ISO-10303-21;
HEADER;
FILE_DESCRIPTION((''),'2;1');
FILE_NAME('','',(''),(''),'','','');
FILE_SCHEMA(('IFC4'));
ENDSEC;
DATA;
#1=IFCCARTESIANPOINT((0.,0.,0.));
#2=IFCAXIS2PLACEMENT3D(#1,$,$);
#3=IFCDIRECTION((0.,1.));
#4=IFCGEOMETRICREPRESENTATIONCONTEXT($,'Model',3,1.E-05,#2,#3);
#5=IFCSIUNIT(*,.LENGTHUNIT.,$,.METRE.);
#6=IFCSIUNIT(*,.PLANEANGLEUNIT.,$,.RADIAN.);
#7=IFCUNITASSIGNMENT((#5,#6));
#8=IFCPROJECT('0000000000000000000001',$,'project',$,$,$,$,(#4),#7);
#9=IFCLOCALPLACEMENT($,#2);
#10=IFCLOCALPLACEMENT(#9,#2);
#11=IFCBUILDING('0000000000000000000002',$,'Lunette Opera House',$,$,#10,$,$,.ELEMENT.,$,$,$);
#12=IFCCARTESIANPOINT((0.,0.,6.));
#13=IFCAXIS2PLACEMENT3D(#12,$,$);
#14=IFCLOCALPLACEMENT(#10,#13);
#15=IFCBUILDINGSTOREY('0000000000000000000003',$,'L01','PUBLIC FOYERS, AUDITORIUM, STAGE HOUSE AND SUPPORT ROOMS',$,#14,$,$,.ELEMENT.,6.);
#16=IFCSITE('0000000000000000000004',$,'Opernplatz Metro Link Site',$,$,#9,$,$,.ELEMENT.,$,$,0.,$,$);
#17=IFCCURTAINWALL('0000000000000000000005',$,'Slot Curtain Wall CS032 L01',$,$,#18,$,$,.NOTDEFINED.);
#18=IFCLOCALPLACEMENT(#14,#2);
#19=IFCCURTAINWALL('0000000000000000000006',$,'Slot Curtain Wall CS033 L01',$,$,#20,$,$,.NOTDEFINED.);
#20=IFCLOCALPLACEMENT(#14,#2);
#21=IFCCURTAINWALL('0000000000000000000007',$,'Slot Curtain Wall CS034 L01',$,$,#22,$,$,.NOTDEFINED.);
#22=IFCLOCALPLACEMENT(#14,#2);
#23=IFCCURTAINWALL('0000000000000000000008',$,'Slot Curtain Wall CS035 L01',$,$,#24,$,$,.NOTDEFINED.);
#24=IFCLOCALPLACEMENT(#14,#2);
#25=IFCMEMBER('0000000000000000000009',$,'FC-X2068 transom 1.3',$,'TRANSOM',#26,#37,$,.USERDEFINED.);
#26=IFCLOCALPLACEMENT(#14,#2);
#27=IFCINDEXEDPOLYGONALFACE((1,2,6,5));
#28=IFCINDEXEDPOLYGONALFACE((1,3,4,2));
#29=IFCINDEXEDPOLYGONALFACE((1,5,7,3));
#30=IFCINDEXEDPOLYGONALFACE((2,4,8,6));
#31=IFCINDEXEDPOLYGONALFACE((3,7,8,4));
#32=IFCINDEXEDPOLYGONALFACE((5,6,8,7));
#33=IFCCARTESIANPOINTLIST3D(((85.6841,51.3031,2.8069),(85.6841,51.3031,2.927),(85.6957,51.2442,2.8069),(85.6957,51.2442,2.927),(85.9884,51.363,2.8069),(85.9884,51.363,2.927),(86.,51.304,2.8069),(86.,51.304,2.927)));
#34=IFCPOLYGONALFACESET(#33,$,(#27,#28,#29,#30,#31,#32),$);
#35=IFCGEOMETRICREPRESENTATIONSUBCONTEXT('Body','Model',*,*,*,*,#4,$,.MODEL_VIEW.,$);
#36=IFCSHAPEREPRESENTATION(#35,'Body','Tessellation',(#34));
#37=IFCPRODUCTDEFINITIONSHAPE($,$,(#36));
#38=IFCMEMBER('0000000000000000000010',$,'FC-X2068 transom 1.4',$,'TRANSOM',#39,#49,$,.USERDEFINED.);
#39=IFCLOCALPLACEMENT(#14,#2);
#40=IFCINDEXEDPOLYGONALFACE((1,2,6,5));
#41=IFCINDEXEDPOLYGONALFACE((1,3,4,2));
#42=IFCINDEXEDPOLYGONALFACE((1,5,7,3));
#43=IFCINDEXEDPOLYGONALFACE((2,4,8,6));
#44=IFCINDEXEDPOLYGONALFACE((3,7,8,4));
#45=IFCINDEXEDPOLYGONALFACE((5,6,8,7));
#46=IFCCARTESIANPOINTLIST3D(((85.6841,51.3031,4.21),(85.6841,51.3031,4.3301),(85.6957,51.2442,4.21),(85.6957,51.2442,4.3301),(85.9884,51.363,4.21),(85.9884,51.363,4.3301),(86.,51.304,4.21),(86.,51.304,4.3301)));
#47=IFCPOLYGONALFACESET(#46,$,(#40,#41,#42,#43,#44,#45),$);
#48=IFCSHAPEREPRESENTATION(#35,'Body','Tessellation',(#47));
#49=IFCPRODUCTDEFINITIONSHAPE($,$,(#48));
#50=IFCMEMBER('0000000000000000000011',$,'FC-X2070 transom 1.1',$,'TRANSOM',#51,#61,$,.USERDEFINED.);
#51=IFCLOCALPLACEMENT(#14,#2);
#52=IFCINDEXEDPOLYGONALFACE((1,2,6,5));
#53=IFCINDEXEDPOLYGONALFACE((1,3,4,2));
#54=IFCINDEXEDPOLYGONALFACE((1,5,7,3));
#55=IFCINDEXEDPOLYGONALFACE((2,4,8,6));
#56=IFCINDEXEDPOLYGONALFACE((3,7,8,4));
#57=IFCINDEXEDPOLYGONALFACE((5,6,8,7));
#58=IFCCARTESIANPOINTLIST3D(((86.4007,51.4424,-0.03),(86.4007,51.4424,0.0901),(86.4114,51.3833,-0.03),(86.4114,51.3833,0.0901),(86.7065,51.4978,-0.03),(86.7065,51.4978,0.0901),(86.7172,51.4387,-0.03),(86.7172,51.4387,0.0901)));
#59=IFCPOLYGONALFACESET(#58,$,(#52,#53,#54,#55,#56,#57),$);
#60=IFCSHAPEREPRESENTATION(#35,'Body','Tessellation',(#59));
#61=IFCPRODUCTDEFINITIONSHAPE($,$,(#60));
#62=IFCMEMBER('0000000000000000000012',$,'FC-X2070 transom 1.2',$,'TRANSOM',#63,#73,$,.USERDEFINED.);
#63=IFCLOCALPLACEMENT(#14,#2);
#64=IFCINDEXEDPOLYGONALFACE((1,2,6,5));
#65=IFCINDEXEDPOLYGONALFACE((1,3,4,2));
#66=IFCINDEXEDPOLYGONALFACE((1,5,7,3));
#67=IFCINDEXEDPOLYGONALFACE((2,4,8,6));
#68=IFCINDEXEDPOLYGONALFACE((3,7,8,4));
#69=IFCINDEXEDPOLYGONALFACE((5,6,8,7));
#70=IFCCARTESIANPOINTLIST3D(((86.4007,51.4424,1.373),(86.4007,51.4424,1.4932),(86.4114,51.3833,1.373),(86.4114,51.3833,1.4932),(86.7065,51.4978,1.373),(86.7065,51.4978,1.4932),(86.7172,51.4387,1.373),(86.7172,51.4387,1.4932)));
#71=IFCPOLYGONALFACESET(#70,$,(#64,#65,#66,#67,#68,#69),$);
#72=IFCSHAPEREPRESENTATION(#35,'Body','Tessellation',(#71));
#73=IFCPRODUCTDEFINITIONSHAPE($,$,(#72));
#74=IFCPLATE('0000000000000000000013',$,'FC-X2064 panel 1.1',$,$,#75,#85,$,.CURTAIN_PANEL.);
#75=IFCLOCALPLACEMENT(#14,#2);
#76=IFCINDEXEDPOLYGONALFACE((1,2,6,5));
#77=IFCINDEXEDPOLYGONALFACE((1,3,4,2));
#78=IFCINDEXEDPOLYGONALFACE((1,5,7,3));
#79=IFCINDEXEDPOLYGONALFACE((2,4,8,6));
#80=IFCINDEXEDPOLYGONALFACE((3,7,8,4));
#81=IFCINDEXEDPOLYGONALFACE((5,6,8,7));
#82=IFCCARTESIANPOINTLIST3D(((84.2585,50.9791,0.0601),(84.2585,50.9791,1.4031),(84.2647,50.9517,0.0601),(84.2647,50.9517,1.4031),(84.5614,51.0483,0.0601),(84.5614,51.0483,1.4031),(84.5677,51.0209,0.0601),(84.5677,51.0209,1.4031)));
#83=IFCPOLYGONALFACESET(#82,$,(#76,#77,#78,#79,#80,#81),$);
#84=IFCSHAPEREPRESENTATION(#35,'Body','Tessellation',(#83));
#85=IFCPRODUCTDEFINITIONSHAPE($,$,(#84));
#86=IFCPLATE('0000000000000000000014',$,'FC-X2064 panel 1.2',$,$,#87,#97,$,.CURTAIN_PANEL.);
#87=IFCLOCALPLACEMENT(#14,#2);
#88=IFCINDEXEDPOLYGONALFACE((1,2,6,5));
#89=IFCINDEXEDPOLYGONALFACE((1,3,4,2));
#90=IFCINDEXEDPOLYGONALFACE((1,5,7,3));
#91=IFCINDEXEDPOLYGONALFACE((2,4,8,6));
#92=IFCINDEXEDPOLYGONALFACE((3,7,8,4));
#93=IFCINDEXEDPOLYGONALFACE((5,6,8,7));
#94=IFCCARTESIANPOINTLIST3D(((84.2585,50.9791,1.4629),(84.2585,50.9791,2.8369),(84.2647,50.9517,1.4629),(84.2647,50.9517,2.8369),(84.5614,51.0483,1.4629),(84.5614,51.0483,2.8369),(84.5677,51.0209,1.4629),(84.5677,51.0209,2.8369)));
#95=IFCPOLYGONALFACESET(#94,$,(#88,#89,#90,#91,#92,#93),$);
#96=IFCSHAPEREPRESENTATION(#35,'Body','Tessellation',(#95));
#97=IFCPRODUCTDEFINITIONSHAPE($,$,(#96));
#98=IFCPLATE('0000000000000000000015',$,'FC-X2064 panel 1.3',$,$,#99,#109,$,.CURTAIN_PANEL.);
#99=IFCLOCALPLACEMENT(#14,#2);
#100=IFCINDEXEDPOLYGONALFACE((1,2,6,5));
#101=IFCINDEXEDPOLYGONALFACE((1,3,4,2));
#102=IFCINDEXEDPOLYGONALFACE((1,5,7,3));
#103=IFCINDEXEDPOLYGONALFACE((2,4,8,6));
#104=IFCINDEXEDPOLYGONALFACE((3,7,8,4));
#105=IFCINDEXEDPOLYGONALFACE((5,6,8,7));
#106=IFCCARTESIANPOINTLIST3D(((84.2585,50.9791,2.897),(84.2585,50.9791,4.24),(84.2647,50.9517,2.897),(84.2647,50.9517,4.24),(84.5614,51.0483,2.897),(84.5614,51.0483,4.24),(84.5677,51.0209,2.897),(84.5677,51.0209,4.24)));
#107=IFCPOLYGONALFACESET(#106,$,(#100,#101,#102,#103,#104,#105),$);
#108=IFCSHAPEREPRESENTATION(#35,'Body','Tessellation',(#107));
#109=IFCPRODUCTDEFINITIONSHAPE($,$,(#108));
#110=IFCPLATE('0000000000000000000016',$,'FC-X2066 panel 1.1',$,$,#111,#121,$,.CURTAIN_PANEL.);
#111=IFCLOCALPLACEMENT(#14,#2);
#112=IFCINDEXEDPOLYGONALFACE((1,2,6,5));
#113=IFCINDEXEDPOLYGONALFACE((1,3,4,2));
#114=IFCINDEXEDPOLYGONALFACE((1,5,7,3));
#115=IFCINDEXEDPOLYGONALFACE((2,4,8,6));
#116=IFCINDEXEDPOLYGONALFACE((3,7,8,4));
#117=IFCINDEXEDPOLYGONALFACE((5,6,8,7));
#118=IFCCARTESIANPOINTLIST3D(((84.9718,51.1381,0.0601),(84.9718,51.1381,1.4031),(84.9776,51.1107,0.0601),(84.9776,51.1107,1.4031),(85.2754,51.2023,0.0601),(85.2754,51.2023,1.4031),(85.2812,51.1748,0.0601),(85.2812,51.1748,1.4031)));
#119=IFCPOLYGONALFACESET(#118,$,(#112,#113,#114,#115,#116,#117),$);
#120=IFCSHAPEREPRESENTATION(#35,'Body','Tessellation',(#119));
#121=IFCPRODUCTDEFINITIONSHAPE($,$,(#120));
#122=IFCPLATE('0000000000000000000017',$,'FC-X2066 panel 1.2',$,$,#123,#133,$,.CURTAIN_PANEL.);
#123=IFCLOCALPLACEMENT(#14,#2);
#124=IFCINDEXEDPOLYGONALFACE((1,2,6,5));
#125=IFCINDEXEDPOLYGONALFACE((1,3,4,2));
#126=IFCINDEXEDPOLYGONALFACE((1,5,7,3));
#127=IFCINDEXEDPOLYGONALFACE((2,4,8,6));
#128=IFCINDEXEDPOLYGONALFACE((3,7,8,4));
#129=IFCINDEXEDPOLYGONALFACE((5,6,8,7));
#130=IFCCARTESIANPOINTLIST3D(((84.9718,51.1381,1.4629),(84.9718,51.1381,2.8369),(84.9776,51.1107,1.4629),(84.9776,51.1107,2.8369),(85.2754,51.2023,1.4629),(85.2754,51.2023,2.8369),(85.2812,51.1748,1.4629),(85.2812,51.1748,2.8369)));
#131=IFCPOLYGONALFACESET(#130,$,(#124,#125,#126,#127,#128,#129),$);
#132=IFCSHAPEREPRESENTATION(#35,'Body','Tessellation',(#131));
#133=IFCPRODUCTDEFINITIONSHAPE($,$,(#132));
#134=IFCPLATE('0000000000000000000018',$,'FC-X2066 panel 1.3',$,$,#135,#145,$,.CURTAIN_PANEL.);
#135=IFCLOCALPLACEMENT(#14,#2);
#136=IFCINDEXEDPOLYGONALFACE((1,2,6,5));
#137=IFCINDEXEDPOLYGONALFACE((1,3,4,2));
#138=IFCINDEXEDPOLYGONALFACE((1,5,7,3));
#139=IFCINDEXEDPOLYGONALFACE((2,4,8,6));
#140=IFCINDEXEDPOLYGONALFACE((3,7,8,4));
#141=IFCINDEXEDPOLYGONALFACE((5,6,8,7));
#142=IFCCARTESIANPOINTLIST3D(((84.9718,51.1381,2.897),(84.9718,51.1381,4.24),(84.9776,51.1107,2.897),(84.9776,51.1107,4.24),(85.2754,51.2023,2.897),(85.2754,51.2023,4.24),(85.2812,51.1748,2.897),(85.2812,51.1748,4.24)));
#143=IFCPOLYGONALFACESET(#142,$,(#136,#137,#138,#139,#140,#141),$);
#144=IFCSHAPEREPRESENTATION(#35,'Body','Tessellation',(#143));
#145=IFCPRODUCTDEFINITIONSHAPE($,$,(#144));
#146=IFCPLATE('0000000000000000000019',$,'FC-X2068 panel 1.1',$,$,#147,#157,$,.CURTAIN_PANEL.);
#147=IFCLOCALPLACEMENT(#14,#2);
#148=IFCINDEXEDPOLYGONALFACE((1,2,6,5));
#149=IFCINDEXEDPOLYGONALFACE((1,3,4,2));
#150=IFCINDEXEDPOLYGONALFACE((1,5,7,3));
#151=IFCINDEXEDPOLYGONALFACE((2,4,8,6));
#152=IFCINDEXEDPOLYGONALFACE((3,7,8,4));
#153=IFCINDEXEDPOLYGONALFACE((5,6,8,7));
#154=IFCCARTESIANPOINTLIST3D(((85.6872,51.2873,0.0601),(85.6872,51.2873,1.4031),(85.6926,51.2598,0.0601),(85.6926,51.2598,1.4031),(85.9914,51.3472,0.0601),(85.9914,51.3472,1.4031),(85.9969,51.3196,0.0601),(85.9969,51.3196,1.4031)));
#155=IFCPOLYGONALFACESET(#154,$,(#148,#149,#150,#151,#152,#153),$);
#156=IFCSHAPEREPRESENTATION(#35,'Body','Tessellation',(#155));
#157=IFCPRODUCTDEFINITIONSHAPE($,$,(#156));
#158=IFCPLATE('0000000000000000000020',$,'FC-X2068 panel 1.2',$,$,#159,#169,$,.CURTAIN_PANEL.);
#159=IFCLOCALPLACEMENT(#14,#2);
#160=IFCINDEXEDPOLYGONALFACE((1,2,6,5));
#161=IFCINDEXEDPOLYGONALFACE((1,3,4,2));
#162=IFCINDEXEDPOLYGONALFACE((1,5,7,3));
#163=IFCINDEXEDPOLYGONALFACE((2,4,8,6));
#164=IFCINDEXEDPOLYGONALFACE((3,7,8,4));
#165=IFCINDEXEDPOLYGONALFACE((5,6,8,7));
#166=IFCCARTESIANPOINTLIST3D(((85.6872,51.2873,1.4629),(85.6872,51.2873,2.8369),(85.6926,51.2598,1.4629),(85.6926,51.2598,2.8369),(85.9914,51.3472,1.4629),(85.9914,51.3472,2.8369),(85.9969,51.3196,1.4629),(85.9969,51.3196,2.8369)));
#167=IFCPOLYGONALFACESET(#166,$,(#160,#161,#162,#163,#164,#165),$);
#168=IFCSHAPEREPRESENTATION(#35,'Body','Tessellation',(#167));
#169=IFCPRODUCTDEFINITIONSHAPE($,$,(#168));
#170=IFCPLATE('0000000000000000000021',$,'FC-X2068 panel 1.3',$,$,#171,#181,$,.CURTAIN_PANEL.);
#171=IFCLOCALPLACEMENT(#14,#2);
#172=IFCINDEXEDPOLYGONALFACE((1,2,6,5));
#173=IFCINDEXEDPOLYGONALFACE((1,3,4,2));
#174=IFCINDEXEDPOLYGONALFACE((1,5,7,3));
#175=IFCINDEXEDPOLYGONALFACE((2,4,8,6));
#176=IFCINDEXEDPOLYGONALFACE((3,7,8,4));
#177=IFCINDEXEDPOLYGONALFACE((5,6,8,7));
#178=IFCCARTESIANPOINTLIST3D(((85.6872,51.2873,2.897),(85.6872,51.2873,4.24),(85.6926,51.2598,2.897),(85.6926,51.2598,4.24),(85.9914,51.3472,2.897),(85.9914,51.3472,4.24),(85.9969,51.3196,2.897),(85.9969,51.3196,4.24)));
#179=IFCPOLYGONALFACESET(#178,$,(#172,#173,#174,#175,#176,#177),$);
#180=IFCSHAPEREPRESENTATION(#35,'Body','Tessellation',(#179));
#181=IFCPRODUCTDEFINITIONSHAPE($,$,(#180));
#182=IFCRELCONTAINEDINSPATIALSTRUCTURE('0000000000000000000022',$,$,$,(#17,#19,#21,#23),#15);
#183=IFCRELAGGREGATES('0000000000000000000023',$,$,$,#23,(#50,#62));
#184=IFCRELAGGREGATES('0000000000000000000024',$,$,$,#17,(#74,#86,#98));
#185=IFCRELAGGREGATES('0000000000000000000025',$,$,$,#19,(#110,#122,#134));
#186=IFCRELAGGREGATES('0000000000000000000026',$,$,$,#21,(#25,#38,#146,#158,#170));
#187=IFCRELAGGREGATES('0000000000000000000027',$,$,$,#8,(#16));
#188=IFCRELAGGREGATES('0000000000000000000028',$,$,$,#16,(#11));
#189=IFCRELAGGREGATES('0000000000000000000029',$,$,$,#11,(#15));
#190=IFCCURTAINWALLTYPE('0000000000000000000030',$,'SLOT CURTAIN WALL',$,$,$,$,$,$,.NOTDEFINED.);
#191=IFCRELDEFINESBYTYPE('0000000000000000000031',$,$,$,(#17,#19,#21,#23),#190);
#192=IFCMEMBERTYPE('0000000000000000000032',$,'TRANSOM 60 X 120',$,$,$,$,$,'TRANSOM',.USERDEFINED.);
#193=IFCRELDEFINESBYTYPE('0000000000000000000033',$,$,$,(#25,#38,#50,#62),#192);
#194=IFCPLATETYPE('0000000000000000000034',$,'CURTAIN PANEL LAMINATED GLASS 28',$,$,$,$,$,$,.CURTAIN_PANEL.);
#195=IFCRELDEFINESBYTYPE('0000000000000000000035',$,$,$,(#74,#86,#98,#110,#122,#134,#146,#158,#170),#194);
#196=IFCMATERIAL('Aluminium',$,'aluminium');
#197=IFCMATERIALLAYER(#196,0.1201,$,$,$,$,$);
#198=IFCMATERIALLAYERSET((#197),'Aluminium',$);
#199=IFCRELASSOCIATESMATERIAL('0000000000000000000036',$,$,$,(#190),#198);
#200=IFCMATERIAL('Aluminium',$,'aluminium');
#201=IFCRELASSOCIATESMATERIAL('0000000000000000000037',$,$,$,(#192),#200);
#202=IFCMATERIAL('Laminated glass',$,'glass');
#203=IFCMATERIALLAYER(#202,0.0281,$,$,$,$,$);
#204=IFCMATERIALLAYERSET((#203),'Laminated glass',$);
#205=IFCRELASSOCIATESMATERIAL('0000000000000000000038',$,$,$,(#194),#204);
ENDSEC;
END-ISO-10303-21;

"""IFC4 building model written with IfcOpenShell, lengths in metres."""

from ifc_helpers import new_model, si_unit, direction, frame, origin, origin_2d, place, context, subcontext, project, spatial, rectangle, extrude, material, layer, layer_set, material_profile, profile_set, type_object, element, aggregate, save


model = new_model("IFC4")

# Units and contexts
model_context = context("Model", 3, precision=1e-05, world=origin(), true_north=direction((0.0, 1.0)))
body_context = subcontext(model_context, "Body", "Model", "MODEL_VIEW")
ifc_project = project(units=[si_unit("LENGTHUNIT", "METRE"), si_unit("PLANEANGLEUNIT", "RADIAN")], contexts=[model_context])

# Site, building, storey
site_placement = place(None, origin())
site = spatial("IfcSite", under=ifc_project, at=site_placement, Name="Opernplatz Metro Link Site", CompositionType="ELEMENT", RefElevation=0.0)
building_placement = place(site_placement, origin())
building = spatial("IfcBuilding", under=site, at=building_placement, Name="Lunette Opera House", CompositionType="ELEMENT")
storey_placement = place(building_placement, frame((0.0, 0.0, 6.0)))
storey = spatial("IfcBuildingStorey", under=building, at=storey_placement, Name="L01", Description="PUBLIC FOYERS, AUDITORIUM, STAGE HOUSE AND SUPPORT ROOMS", CompositionType="ELEMENT", Elevation=6.0)

# Curtain wall
ifc_material_1 = material(Name="Aluminium", Category="aluminium")
ifc_layer_1 = layer(ifc_material_1, 0.1201)
ifc_layer_set_1 = layer_set([ifc_layer_1], Name="Aluminium")
curtain_wall_type = type_object("IfcCurtainWallType", Name="SLOT CURTAIN WALL", PredefinedType="NOTDEFINED", material=ifc_layer_set_1)
curtain_wall_1_placement = place(storey_placement, origin())
curtain_wall_1 = element("IfcCurtainWall", 1, at=curtain_wall_1_placement, inside=storey, type_object=curtain_wall_type, Name="Slot Curtain Wall CS032 L01", PredefinedType="NOTDEFINED")

# Curtain walls
curtain_wall_2_placement = place(storey_placement, origin())
curtain_wall_2 = element("IfcCurtainWall", 2, at=curtain_wall_2_placement, inside=storey, type_object=curtain_wall_type, Name="Slot Curtain Wall CS033 L01", PredefinedType="NOTDEFINED")
curtain_wall_3_placement = place(storey_placement, origin())
curtain_wall_3 = element("IfcCurtainWall", 3, at=curtain_wall_3_placement, inside=storey, type_object=curtain_wall_type, Name="Slot Curtain Wall CS034 L01", PredefinedType="NOTDEFINED")

# Curtain wall
curtain_wall_4_placement = place(storey_placement, origin())
curtain_wall_4 = element("IfcCurtainWall", 4, at=curtain_wall_4_placement, inside=storey, type_object=curtain_wall_type, Name="Slot Curtain Wall CS035 L01", PredefinedType="NOTDEFINED")

# Members
ifc_material_2 = material(Name="Aluminium", Category="aluminium")
ifc_material_profile_1 = material_profile(ifc_material_2, rectangle(XDim=0.0601, YDim=0.1201, at=origin_2d()), Name="TRANSOM 60 X 120")
ifc_profile_set_1 = profile_set([ifc_material_profile_1], Name="Aluminium")
member_type_1 = type_object("IfcMemberType", Name="TRANSOM 60 X 120", ElementType="TRANSOM", PredefinedType="USERDEFINED", material=ifc_profile_set_1)
member_1_placement = place(storey_placement, frame((85.6899, 51.2737, 2.8669), z_axis=(0.981212, 0.192935, 0.0), x_axis=(-0.192935, 0.981212, 0.0)))
member_1 = element("IfcMember", 5, at=member_1_placement, type_object=member_type_1, Name="FC-X2068 transom 1.3", ObjectType="TRANSOM", PredefinedType="USERDEFINED", context=body_context, shape_type="SweptSolid", body=[
    extrude(rectangle(XDim=0.0601, YDim=0.1201, at=origin_2d()), origin(), (0.0, 0.0, 1.0), 0.3101),
])
member_2_placement = place(storey_placement, frame((85.6899, 51.2737, 4.27), z_axis=(0.981212, 0.192935, 0.0), x_axis=(-0.192935, 0.981212, 0.0)))
member_2 = element("IfcMember", 6, at=member_2_placement, type_object=member_type_1, Name="FC-X2068 transom 1.4", ObjectType="TRANSOM", PredefinedType="USERDEFINED", context=body_context, shape_type="SweptSolid", body=[
    extrude(rectangle(XDim=0.0601, YDim=0.1201, at=origin_2d()), origin(), (0.0, 0.0, 1.0), 0.3101),
])
member_3_placement = place(storey_placement, frame((86.406, 51.4128, 0.03), z_axis=(0.983983, 0.178263, 0.0), x_axis=(-0.178263, 0.983983, 0.0)))
member_3 = element("IfcMember", 7, at=member_3_placement, type_object=member_type_1, Name="FC-X2070 transom 1.1", ObjectType="TRANSOM", PredefinedType="USERDEFINED", context=body_context, shape_type="SweptSolid", body=[
    extrude(rectangle(XDim=0.0601, YDim=0.1201, at=origin_2d()), origin(), (0.0, 0.0, 1.0), 0.3108),
])
member_4_placement = place(storey_placement, frame((86.406, 51.4128, 1.4331), z_axis=(0.983983, 0.178263, 0.0), x_axis=(-0.178263, 0.983983, 0.0)))
member_4 = element("IfcMember", 8, at=member_4_placement, type_object=member_type_1, Name="FC-X2070 transom 1.2", ObjectType="TRANSOM", PredefinedType="USERDEFINED", context=body_context, shape_type="SweptSolid", body=[
    extrude(rectangle(XDim=0.0601, YDim=0.1201, at=origin_2d()), origin(), (0.0, 0.0, 1.0), 0.3108),
])
aggregate(curtain_wall_4, [member_3, member_4])

# Plates
ifc_material_3 = material(Name="Laminated glass", Category="glass")
ifc_layer_2 = layer(ifc_material_3, 0.0281)
ifc_layer_set_2 = layer_set([ifc_layer_2], Name="Laminated glass")
plate_type = type_object("IfcPlateType", Name="CURTAIN PANEL LAMINATED GLASS 28", PredefinedType="CURTAIN_PANEL", material=ifc_layer_set_2)
plate_1_placement = place(storey_placement, frame((84.4131, 51.0, 0.0601), z_axis=(0.0, 0.0, 1.0), x_axis=(0.974859, 0.222825, 0.0)))
plate_1 = element("IfcPlate", 9, at=plate_1_placement, type_object=plate_type, Name="FC-X2064 panel 1.1", PredefinedType="CURTAIN_PANEL", context=body_context, shape_type="SweptSolid", body=[
    extrude(rectangle(XDim=0.3108, YDim=0.0281, at=origin_2d()), origin(), (0.0, 0.0, 1.0), 1.343),
])
plate_2_placement = place(storey_placement, frame((84.4131, 51.0, 1.4629), z_axis=(0.0, 0.0, 1.0), x_axis=(0.974859, 0.222825, 0.0)))
plate_2 = element("IfcPlate", 10, at=plate_2_placement, type_object=plate_type, Name="FC-X2064 panel 1.2", PredefinedType="CURTAIN_PANEL", context=body_context, shape_type="SweptSolid", body=[
    extrude(rectangle(XDim=0.3108, YDim=0.0281, at=origin_2d()), origin(), (0.0, 0.0, 1.0), 1.374),
])
plate_3_placement = place(storey_placement, frame((84.4131, 51.0, 2.897), z_axis=(0.0, 0.0, 1.0), x_axis=(0.974859, 0.222825, 0.0)))
plate_3 = element("IfcPlate", 11, at=plate_3_placement, type_object=plate_type, Name="FC-X2064 panel 1.3", PredefinedType="CURTAIN_PANEL", context=body_context, shape_type="SweptSolid", body=[
    extrude(rectangle(XDim=0.3108, YDim=0.0281, at=origin_2d()), origin(), (0.0, 0.0, 1.0), 1.343),
])
aggregate(curtain_wall_1, [plate_1, plate_2, plate_3])
plate_4_placement = place(storey_placement, frame((85.1265, 51.1565, 0.0601), z_axis=(0.0, 0.0, 1.0), x_axis=(0.978377, 0.20683, 0.0)))
plate_4 = element("IfcPlate", 12, at=plate_4_placement, type_object=plate_type, Name="FC-X2066 panel 1.1", PredefinedType="CURTAIN_PANEL", context=body_context, shape_type="SweptSolid", body=[
    extrude(rectangle(XDim=0.3103, YDim=0.0281, at=origin_2d()), origin(), (0.0, 0.0, 1.0), 1.343),
])
plate_5_placement = place(storey_placement, frame((85.1265, 51.1565, 1.4629), z_axis=(0.0, 0.0, 1.0), x_axis=(0.978377, 0.20683, 0.0)))
plate_5 = element("IfcPlate", 13, at=plate_5_placement, type_object=plate_type, Name="FC-X2066 panel 1.2", PredefinedType="CURTAIN_PANEL", context=body_context, shape_type="SweptSolid", body=[
    extrude(rectangle(XDim=0.3103, YDim=0.0281, at=origin_2d()), origin(), (0.0, 0.0, 1.0), 1.374),
])
plate_6_placement = place(storey_placement, frame((85.1265, 51.1565, 2.897), z_axis=(0.0, 0.0, 1.0), x_axis=(0.978377, 0.20683, 0.0)))
plate_6 = element("IfcPlate", 14, at=plate_6_placement, type_object=plate_type, Name="FC-X2066 panel 1.3", PredefinedType="CURTAIN_PANEL", context=body_context, shape_type="SweptSolid", body=[
    extrude(rectangle(XDim=0.3103, YDim=0.0281, at=origin_2d()), origin(), (0.0, 0.0, 1.0), 1.343),
])
aggregate(curtain_wall_2, [plate_4, plate_5, plate_6])
plate_7_placement = place(storey_placement, frame((85.842, 51.3035, 0.0601), z_axis=(0.0, 0.0, 1.0), x_axis=(0.981202, 0.192985, 0.0)))
plate_7 = element("IfcPlate", 15, at=plate_7_placement, type_object=plate_type, Name="FC-X2068 panel 1.1", PredefinedType="CURTAIN_PANEL", context=body_context, shape_type="SweptSolid", body=[
    extrude(rectangle(XDim=0.3101, YDim=0.0281, at=origin_2d()), origin(), (0.0, 0.0, 1.0), 1.343),
])
plate_8_placement = place(storey_placement, frame((85.842, 51.3035, 1.4629), z_axis=(0.0, 0.0, 1.0), x_axis=(0.981202, 0.192985, 0.0)))
plate_8 = element("IfcPlate", 16, at=plate_8_placement, type_object=plate_type, Name="FC-X2068 panel 1.2", PredefinedType="CURTAIN_PANEL", context=body_context, shape_type="SweptSolid", body=[
    extrude(rectangle(XDim=0.3101, YDim=0.0281, at=origin_2d()), origin(), (0.0, 0.0, 1.0), 1.374),
])
plate_9_placement = place(storey_placement, frame((85.842, 51.3035, 2.897), z_axis=(0.0, 0.0, 1.0), x_axis=(0.981202, 0.192985, 0.0)))
plate_9 = element("IfcPlate", 17, at=plate_9_placement, type_object=plate_type, Name="FC-X2068 panel 1.3", PredefinedType="CURTAIN_PANEL", context=body_context, shape_type="SweptSolid", body=[
    extrude(rectangle(XDim=0.3101, YDim=0.0281, at=origin_2d()), origin(), (0.0, 0.0, 1.0), 1.343),
])
aggregate(curtain_wall_3, [member_1, member_2, plate_7, plate_8, plate_9])

save(model, "model.ifc")
